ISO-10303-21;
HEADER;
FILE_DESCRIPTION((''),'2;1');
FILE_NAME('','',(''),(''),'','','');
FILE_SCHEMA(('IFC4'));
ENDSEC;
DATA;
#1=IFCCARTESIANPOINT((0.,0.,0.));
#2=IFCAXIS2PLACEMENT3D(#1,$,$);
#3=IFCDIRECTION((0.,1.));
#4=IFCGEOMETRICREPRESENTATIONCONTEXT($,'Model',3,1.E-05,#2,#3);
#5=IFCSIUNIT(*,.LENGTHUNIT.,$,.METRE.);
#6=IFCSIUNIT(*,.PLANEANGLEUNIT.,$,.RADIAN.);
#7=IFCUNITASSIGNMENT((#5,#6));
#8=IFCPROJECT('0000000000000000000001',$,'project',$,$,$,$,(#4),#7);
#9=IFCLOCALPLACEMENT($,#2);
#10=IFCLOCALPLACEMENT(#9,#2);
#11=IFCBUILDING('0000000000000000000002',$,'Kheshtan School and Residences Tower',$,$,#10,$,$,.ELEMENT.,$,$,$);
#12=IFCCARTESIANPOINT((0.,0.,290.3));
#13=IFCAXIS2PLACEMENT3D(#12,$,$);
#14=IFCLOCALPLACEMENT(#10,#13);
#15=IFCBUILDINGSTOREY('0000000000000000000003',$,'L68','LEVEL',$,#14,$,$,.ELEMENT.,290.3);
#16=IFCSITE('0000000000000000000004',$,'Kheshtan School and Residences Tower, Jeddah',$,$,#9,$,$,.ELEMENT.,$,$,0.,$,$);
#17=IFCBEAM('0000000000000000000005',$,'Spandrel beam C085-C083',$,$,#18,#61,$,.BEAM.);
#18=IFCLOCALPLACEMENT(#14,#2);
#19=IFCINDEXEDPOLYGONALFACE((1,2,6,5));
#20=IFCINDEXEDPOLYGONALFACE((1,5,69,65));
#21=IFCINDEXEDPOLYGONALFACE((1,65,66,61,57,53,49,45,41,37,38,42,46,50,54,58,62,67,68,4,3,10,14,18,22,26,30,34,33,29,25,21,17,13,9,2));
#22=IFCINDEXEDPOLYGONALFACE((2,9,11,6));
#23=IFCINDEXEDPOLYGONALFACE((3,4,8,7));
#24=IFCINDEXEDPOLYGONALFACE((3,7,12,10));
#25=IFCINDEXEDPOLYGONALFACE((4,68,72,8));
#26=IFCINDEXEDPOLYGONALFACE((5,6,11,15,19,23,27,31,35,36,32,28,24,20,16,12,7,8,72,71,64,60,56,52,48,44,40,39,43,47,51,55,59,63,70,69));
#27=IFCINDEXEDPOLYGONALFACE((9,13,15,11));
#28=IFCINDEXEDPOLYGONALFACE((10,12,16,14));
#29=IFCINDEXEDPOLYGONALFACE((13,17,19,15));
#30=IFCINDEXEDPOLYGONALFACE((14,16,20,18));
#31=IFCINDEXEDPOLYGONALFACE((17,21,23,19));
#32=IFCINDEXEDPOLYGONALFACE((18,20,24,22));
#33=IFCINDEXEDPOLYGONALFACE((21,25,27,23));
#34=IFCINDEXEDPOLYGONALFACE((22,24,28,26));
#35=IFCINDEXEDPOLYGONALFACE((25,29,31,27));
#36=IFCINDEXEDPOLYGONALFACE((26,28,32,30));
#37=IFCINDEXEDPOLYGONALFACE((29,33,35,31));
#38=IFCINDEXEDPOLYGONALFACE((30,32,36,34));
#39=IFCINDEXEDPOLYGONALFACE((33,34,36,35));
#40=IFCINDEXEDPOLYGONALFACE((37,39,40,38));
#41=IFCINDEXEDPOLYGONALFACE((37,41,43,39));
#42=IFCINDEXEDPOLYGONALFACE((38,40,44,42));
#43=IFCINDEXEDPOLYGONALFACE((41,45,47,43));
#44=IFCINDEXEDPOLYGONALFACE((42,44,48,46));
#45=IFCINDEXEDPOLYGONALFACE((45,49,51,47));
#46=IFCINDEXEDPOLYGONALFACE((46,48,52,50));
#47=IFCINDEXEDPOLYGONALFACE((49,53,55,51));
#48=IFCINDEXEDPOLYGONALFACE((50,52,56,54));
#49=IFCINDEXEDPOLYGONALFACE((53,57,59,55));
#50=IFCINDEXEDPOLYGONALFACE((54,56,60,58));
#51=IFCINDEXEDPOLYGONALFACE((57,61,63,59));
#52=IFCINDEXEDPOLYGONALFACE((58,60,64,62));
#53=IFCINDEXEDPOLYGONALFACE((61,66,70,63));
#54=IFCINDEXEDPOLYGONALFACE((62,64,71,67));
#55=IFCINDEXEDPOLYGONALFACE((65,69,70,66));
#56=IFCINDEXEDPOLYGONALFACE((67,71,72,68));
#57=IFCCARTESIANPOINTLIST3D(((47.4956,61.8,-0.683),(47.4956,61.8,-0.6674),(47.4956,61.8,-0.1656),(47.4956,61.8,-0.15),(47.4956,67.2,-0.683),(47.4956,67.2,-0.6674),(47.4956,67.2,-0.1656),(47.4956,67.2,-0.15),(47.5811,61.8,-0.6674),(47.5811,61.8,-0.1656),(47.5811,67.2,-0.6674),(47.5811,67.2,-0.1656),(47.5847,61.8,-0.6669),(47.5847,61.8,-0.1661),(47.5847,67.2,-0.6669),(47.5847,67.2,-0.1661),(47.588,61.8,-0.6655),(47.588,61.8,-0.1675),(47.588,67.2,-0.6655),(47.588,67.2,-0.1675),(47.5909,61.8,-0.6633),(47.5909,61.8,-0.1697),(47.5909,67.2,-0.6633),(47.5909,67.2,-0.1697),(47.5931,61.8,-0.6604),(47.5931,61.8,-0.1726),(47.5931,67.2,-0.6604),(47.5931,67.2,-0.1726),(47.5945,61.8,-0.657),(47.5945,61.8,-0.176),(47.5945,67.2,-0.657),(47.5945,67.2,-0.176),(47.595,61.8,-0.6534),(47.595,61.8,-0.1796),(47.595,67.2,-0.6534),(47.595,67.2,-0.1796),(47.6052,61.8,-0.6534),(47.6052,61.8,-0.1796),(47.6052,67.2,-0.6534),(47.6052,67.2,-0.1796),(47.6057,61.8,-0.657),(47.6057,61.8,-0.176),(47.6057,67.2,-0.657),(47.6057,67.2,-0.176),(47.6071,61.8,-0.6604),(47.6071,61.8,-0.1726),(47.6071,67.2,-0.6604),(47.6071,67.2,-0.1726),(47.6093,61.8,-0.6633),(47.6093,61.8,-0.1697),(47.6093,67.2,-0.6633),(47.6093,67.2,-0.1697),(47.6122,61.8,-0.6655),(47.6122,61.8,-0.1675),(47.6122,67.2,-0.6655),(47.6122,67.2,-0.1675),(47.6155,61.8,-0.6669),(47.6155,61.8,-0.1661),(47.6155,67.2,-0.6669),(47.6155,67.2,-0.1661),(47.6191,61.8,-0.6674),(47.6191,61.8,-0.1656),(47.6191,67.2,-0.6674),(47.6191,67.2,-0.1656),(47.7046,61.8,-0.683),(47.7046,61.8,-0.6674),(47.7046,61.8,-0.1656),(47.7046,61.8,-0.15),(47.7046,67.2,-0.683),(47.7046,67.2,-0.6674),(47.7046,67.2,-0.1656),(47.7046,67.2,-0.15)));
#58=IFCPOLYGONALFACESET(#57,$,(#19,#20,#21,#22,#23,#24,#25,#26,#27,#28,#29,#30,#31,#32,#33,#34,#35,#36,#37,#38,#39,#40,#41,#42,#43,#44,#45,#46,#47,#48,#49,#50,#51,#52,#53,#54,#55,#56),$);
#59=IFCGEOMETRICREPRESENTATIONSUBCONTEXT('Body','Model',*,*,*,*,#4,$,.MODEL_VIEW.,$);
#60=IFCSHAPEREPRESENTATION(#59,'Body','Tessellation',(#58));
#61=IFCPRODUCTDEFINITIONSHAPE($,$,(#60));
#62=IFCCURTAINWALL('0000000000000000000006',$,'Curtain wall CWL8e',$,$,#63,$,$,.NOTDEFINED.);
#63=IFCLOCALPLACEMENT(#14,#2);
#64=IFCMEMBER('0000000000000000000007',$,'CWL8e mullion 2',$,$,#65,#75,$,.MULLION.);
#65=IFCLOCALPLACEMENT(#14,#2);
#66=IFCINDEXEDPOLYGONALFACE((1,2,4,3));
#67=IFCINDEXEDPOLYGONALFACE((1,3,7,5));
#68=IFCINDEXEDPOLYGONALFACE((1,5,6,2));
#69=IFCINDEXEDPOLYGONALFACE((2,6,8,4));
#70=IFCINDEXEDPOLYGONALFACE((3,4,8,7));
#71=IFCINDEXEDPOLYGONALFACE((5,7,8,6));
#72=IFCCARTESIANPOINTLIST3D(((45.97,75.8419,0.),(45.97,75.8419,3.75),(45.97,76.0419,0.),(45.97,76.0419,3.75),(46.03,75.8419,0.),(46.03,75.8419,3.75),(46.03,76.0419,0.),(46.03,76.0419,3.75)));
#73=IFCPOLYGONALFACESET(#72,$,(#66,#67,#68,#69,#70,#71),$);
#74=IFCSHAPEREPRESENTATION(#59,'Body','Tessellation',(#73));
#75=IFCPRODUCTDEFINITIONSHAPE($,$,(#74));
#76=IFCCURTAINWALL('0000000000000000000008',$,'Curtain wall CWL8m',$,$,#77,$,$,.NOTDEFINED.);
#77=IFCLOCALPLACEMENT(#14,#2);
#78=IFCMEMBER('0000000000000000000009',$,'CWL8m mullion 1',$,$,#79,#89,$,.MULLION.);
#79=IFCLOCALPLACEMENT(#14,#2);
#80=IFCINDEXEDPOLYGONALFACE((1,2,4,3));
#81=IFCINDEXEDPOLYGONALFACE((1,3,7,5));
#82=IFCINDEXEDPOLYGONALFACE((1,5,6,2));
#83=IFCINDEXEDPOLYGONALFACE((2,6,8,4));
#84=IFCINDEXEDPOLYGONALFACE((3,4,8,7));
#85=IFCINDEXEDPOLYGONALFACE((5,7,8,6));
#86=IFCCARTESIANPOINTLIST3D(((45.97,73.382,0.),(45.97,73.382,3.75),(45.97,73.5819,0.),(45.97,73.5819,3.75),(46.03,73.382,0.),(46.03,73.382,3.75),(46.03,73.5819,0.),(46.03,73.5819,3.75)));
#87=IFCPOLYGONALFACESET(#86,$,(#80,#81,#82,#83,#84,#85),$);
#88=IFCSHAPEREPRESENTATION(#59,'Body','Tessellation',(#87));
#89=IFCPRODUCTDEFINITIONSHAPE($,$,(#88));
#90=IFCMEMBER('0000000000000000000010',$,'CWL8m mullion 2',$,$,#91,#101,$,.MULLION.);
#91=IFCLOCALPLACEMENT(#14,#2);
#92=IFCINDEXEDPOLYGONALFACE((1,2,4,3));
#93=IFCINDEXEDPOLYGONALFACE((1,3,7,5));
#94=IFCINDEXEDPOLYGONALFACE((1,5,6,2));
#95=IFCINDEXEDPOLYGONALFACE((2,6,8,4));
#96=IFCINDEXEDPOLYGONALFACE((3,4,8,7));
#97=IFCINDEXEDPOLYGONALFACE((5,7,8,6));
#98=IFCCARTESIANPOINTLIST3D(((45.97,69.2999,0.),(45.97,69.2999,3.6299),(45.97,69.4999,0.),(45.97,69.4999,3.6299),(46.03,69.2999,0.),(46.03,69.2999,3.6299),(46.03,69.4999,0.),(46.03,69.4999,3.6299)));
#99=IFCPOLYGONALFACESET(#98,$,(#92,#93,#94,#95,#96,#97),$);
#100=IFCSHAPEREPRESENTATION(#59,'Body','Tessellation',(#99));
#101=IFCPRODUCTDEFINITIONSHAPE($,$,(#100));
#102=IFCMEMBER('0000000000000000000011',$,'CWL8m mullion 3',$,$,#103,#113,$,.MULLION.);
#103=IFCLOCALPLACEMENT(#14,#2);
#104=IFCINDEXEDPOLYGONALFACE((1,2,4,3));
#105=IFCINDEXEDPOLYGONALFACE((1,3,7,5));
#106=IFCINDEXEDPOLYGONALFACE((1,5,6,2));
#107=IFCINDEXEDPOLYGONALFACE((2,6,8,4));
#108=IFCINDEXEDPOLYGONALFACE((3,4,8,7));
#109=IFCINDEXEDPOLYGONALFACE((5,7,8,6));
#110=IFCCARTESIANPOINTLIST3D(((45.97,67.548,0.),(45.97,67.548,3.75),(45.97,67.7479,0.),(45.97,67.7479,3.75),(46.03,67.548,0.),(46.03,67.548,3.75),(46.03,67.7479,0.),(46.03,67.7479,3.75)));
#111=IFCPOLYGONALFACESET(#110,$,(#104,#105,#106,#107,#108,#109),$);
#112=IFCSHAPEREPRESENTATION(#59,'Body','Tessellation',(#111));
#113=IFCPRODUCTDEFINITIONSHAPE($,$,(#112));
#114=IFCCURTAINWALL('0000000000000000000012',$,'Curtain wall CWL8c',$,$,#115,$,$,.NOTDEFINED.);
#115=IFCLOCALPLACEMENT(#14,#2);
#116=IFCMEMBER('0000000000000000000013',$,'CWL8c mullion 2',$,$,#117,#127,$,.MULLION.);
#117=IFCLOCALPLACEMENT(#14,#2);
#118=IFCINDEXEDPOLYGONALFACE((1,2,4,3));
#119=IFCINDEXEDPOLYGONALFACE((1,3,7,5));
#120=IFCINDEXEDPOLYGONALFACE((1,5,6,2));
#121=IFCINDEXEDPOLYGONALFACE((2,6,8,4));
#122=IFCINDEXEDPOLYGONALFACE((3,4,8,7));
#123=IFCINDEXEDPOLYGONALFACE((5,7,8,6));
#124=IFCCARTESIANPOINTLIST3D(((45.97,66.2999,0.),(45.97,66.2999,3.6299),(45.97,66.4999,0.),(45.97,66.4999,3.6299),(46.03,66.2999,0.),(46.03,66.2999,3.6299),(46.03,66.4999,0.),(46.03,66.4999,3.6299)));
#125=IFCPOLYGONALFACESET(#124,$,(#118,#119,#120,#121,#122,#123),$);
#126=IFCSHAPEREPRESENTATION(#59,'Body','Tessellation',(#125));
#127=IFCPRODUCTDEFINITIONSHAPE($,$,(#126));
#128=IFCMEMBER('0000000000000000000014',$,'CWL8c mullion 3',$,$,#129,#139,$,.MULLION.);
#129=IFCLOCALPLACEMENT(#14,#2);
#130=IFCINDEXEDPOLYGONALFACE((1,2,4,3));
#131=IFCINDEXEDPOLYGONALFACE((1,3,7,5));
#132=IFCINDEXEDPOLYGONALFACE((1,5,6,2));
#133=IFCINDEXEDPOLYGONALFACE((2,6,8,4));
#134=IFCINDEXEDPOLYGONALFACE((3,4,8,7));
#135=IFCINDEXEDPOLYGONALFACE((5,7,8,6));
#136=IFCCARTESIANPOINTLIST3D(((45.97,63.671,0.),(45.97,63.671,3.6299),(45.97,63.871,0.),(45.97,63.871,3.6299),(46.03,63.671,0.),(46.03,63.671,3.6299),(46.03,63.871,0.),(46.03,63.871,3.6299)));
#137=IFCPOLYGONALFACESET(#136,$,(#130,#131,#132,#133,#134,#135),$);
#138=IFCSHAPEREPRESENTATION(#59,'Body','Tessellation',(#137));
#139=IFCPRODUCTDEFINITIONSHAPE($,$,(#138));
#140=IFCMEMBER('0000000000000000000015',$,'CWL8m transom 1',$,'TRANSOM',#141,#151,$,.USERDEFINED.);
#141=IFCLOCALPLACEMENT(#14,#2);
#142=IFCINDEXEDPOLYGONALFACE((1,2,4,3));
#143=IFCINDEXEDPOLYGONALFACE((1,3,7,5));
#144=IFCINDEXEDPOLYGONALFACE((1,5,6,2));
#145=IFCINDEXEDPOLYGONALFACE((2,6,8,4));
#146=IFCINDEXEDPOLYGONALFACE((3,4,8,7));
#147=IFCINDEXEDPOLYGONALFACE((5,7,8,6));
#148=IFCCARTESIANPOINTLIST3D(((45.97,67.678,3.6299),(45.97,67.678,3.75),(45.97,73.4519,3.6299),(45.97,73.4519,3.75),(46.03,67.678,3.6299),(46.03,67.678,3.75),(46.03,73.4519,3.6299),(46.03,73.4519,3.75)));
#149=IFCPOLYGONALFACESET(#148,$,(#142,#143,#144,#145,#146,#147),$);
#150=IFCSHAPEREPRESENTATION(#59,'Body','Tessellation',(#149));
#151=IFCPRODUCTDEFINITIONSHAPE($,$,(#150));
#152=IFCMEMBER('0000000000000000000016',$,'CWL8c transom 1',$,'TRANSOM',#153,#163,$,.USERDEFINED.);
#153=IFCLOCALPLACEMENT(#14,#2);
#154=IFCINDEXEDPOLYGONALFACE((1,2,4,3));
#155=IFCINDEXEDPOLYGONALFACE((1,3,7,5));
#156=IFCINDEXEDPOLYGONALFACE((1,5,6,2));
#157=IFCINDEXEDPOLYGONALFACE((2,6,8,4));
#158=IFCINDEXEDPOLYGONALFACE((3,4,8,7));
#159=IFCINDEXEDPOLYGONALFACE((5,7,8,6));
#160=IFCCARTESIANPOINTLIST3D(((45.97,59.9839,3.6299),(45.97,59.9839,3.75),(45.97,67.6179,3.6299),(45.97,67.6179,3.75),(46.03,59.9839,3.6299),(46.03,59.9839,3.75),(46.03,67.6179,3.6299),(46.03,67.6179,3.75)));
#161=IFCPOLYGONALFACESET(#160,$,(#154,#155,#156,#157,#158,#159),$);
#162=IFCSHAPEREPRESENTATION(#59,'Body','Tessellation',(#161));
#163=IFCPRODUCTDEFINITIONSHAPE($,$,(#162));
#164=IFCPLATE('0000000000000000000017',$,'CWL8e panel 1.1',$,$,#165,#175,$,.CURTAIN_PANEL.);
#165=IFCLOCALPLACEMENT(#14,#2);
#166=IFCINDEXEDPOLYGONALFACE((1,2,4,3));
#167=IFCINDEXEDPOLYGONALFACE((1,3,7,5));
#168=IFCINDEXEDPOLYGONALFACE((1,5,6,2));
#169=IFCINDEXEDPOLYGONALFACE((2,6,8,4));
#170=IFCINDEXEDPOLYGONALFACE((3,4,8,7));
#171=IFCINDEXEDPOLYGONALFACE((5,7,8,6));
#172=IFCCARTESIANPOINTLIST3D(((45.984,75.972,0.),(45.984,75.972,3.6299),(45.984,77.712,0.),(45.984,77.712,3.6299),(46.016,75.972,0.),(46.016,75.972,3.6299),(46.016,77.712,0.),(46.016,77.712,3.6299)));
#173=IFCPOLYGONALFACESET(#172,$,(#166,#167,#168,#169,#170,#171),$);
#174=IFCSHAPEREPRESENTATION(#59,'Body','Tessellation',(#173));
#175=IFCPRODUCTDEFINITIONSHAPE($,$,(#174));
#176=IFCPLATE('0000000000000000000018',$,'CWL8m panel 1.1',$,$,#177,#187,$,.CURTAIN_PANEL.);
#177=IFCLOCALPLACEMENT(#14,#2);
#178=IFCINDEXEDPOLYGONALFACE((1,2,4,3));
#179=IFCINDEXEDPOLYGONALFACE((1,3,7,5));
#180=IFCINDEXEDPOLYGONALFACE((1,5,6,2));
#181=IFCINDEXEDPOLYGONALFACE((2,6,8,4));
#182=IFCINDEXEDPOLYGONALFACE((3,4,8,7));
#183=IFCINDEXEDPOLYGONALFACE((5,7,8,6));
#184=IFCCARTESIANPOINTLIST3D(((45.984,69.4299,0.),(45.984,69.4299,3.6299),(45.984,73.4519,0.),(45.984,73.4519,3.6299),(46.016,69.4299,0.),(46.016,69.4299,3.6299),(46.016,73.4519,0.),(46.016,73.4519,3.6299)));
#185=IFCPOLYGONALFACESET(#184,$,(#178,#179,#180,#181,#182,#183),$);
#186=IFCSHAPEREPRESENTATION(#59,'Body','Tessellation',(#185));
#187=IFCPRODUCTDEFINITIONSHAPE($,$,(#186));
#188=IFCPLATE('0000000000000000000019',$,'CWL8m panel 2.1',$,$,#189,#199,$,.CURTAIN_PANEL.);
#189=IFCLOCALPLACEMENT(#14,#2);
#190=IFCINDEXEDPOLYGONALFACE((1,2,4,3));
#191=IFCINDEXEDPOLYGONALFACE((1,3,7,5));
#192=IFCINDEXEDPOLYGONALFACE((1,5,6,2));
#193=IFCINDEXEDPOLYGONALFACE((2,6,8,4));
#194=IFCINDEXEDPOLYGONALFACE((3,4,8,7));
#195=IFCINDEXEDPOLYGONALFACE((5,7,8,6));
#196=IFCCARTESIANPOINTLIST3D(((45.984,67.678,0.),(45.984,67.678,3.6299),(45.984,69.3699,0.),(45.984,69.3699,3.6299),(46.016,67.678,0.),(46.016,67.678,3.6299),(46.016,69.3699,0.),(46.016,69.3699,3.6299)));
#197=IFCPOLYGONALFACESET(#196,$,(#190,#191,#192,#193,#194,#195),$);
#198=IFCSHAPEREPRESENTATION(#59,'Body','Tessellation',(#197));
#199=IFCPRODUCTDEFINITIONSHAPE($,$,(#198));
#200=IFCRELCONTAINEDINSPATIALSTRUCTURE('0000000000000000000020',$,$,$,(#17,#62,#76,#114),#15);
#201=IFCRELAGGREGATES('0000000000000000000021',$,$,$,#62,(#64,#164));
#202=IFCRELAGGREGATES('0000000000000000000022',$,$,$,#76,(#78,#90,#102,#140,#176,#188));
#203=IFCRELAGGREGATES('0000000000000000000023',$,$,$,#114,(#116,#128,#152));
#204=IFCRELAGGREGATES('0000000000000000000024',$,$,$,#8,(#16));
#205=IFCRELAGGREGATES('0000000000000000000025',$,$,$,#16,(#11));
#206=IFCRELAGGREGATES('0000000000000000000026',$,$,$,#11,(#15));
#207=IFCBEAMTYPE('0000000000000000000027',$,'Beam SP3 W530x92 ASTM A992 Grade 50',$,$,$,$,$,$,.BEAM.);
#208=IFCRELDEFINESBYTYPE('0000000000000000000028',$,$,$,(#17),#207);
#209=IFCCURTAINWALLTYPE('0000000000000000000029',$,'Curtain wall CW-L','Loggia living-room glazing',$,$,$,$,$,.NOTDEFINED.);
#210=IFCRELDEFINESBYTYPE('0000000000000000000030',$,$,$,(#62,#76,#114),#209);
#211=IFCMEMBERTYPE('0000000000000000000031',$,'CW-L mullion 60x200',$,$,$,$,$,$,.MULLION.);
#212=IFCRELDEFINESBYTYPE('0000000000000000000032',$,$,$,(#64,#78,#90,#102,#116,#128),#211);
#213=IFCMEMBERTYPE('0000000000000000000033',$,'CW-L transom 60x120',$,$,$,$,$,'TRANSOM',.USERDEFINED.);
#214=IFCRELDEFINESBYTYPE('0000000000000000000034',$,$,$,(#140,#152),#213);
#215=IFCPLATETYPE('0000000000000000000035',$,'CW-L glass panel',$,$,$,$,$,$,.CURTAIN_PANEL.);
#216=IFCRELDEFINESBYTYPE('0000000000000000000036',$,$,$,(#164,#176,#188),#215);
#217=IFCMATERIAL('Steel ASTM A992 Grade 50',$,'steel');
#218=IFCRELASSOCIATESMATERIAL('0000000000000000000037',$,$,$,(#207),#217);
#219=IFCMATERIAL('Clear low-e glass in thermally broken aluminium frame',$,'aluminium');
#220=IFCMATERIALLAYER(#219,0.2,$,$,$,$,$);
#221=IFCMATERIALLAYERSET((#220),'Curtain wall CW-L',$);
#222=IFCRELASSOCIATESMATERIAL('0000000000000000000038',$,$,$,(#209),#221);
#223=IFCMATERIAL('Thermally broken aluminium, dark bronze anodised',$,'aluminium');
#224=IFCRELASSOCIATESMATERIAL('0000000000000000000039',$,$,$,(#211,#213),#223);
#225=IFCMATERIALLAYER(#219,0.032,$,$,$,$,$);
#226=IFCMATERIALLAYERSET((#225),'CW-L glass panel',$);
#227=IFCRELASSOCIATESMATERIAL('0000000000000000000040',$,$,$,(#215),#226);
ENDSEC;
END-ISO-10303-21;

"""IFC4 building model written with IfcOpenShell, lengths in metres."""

from ifc_helpers import new_model, si_unit, direction, frame, origin, origin_2d, place, context, subcontext, project, spatial, rectangle, i_section, extrude, material, layer, layer_set, material_profile, profile_set, type_object, element, aggregate, save


model = new_model("IFC4")

# Units and contexts
model_context = context("Model", 3, precision=1e-05, world=origin(), true_north=direction((0.0, 1.0)))
body_context = subcontext(model_context, "Body", "Model", "MODEL_VIEW")
ifc_project = project(units=[si_unit("LENGTHUNIT", "METRE"), si_unit("PLANEANGLEUNIT", "RADIAN")], contexts=[model_context])

# Site, building, storey
site_placement = place(None, origin())
site = spatial("IfcSite", under=ifc_project, at=site_placement, Name="Kheshtan School and Residences Tower, Jeddah", CompositionType="ELEMENT", RefElevation=0.0)
building_placement = place(site_placement, origin())
building = spatial("IfcBuilding", under=site, at=building_placement, Name="Kheshtan School and Residences Tower", CompositionType="ELEMENT")
storey_placement = place(building_placement, frame((0.0, 0.0, 290.3)))
storey = spatial("IfcBuildingStorey", under=building, at=storey_placement, Name="L68", Description="LEVEL", CompositionType="ELEMENT", Elevation=290.3)

# Shared definitions
ifc_material_1 = material(Name="Steel ASTM A992 Grade 50", Category="steel")

# Beam
ifc_material_profile_1 = material_profile(ifc_material_1, i_section(OverallWidth=0.209, OverallDepth=0.533, WebThickness=0.0103, FlangeThickness=0.0156, FilletRadius=0.0139, at=origin_2d()), Name="W530x92")
ifc_profile_set_1 = profile_set([ifc_material_profile_1], Name="Steel ASTM A992 Grade 50")
beam_type_1 = type_object("IfcBeamType", Name="Beam SP3 W530x92 ASTM A992 Grade 50", PredefinedType="BEAM", material=ifc_profile_set_1)
beam_1_placement = place(storey_placement, frame((47.6001, 67.2, -0.4165), z_axis=(0.0, -1.0, 0.0), x_axis=(1.0, 0.0, 0.0)))
element("IfcBeam", 1, at=beam_1_placement, inside=storey, type_object=beam_type_1, Name="Spandrel beam C085-C083", PredefinedType="BEAM", context=body_context, shape_type="SweptSolid", body=[
    extrude(i_section(OverallWidth=0.209, OverallDepth=0.533, WebThickness=0.0103, FlangeThickness=0.0156, FilletRadius=0.0139, at=origin_2d()), origin(), (0.0, 0.0, 1.0), 5.3999),
])

# Curtain wall, member
ifc_material_2 = material(Name="Clear low-e glass in thermally broken aluminium frame", Category="aluminium")
ifc_layer_1 = layer(ifc_material_2, 0.2)
ifc_layer_set_1 = layer_set([ifc_layer_1], Name="Curtain wall CW-L")
curtain_wall_type = type_object("IfcCurtainWallType", Name="Curtain wall CW-L", Description="Loggia living-room glazing", PredefinedType="NOTDEFINED", material=ifc_layer_set_1)
curtain_wall_1_placement = place(storey_placement, origin())
curtain_wall_1 = element("IfcCurtainWall", 2, at=curtain_wall_1_placement, inside=storey, type_object=curtain_wall_type, Name="Curtain wall CWL8e", PredefinedType="NOTDEFINED")
ifc_material_3 = material(Name="Thermally broken aluminium, dark bronze anodised", Category="aluminium")
ifc_material_profile_2 = material_profile(ifc_material_3, rectangle(XDim=0.0601, YDim=0.2, at=origin_2d()), Name="CW-L mullion 60x200")
ifc_profile_set_2 = profile_set([ifc_material_profile_2], Name="Thermally broken aluminium, dark bronze anodised")
member_type_1 = type_object("IfcMemberType", Name="CW-L mullion 60x200", PredefinedType="MULLION", material=ifc_profile_set_2)
member_1_placement = place(storey_placement, frame((46.0, 75.9419, 0.0), z_axis=(0.0, 0.0, 1.0), x_axis=(1.0, 0.0, 0.0)))
member_1 = element("IfcMember", 3, at=member_1_placement, type_object=member_type_1, Name="CWL8e mullion 2", PredefinedType="MULLION", context=body_context, shape_type="SweptSolid", body=[
    extrude(rectangle(XDim=0.0601, YDim=0.2, at=origin_2d()), origin(), (0.0, 0.0, 1.0), 3.75),
])

# Curtain walls, members
curtain_wall_2_placement = place(storey_placement, origin())
curtain_wall_2 = element("IfcCurtainWall", 4, at=curtain_wall_2_placement, inside=storey, type_object=curtain_wall_type, Name="Curtain wall CWL8m", PredefinedType="NOTDEFINED")
member_2_placement = place(storey_placement, frame((46.0, 73.4819, 0.0), z_axis=(0.0, 0.0, 1.0), x_axis=(1.0, 0.0, 0.0)))
member_2 = element("IfcMember", 5, at=member_2_placement, type_object=member_type_1, Name="CWL8m mullion 1", PredefinedType="MULLION", context=body_context, shape_type="SweptSolid", body=[
    extrude(rectangle(XDim=0.0601, YDim=0.2, at=origin_2d()), origin(), (0.0, 0.0, 1.0), 3.75),
])
member_3_placement = place(storey_placement, frame((46.0, 69.3999, 0.0), z_axis=(0.0, 0.0, 1.0), x_axis=(1.0, 0.0, 0.0)))
member_3 = element("IfcMember", 6, at=member_3_placement, type_object=member_type_1, Name="CWL8m mullion 2", PredefinedType="MULLION", context=body_context, shape_type="SweptSolid", body=[
    extrude(rectangle(XDim=0.0601, YDim=0.2, at=origin_2d()), origin(), (0.0, 0.0, 1.0), 3.6299),
])
member_4_placement = place(storey_placement, frame((46.0, 67.6479, 0.0), z_axis=(0.0, 0.0, 1.0), x_axis=(1.0, 0.0, 0.0)))
member_4 = element("IfcMember", 7, at=member_4_placement, type_object=member_type_1, Name="CWL8m mullion 3", PredefinedType="MULLION", context=body_context, shape_type="SweptSolid", body=[
    extrude(rectangle(XDim=0.0601, YDim=0.2, at=origin_2d()), origin(), (0.0, 0.0, 1.0), 3.75),
])
curtain_wall_3_placement = place(storey_placement, origin())
curtain_wall_3 = element("IfcCurtainWall", 8, at=curtain_wall_3_placement, inside=storey, type_object=curtain_wall_type, Name="Curtain wall CWL8c", PredefinedType="NOTDEFINED")
member_5_placement = place(storey_placement, frame((46.0, 66.3999, 0.0), z_axis=(0.0, 0.0, 1.0), x_axis=(1.0, 0.0, 0.0)))
member_5 = element("IfcMember", 9, at=member_5_placement, type_object=member_type_1, Name="CWL8c mullion 2", PredefinedType="MULLION", context=body_context, shape_type="SweptSolid", body=[
    extrude(rectangle(XDim=0.0601, YDim=0.2, at=origin_2d()), origin(), (0.0, 0.0, 1.0), 3.6299),
])
member_6_placement = place(storey_placement, frame((46.0, 63.771, 0.0), z_axis=(0.0, 0.0, 1.0), x_axis=(1.0, 0.0, 0.0)))
member_6 = element("IfcMember", 10, at=member_6_placement, type_object=member_type_1, Name="CWL8c mullion 3", PredefinedType="MULLION", context=body_context, shape_type="SweptSolid", body=[
    extrude(rectangle(XDim=0.0601, YDim=0.2, at=origin_2d()), origin(), (0.0, 0.0, 1.0), 3.6299),
])

# Members
ifc_material_profile_3 = material_profile(ifc_material_3, rectangle(XDim=0.0601, YDim=0.1201, at=origin_2d()), Name="CW-L transom 60x120")
ifc_profile_set_3 = profile_set([ifc_material_profile_3], Name="Thermally broken aluminium, dark bronze anodised")
member_type_2 = type_object("IfcMemberType", Name="CW-L transom 60x120", ElementType="TRANSOM", PredefinedType="USERDEFINED", material=ifc_profile_set_3)
member_7_placement = place(storey_placement, frame((46.0, 73.4519, 3.6899), z_axis=(0.0, -1.0, 0.0), x_axis=(1.0, 0.0, 0.0)))
member_7 = element("IfcMember", 11, at=member_7_placement, type_object=member_type_2, Name="CWL8m transom 1", ObjectType="TRANSOM", PredefinedType="USERDEFINED", context=body_context, shape_type="SweptSolid", body=[
    extrude(rectangle(XDim=0.0601, YDim=0.1201, at=origin_2d()), origin(), (0.0, 0.0, 1.0), 5.7739),
])
member_8_placement = place(storey_placement, frame((46.0, 67.6179, 3.6899), z_axis=(0.0, -1.0, 0.0), x_axis=(1.0, 0.0, 0.0)))
member_8 = element("IfcMember", 12, at=member_8_placement, type_object=member_type_2, Name="CWL8c transom 1", ObjectType="TRANSOM", PredefinedType="USERDEFINED", context=body_context, shape_type="SweptSolid", body=[
    extrude(rectangle(XDim=0.0601, YDim=0.1201, at=origin_2d()), origin(), (0.0, 0.0, 1.0), 7.634),
])

# Plates
ifc_layer_2 = layer(ifc_material_2, 0.032)
ifc_layer_set_2 = layer_set([ifc_layer_2], Name="CW-L glass panel")
plate_type = type_object("IfcPlateType", Name="CW-L glass panel", PredefinedType="CURTAIN_PANEL", material=ifc_layer_set_2)
plate_1_placement = place(storey_placement, frame((46.0, 76.842, 0.0), z_axis=(0.0, 0.0, 1.0), x_axis=(0.0, -1.0, 0.0)))
plate_1 = element("IfcPlate", 13, at=plate_1_placement, type_object=plate_type, Name="CWL8e panel 1.1", PredefinedType="CURTAIN_PANEL", context=body_context, shape_type="SweptSolid", body=[
    extrude(rectangle(XDim=1.74, YDim=0.032, at=origin_2d()), origin(), (0.0, 0.0, 1.0), 3.6299),
])
aggregate(curtain_wall_1, [member_1, plate_1])
plate_2_placement = place(storey_placement, frame((46.0, 71.4409, 0.0), z_axis=(0.0, 0.0, 1.0), x_axis=(0.0, -1.0, 0.0)))
plate_2 = element("IfcPlate", 14, at=plate_2_placement, type_object=plate_type, Name="CWL8m panel 1.1", PredefinedType="CURTAIN_PANEL", context=body_context, shape_type="SweptSolid", body=[
    extrude(rectangle(XDim=4.022, YDim=0.032, at=origin_2d()), origin(), (0.0, 0.0, 1.0), 3.6299),
])
plate_3_placement = place(storey_placement, frame((46.0, 68.5239, 0.0), z_axis=(0.0, 0.0, 1.0), x_axis=(0.0, -1.0, 0.0)))
plate_3 = element("IfcPlate", 15, at=plate_3_placement, type_object=plate_type, Name="CWL8m panel 2.1", PredefinedType="CURTAIN_PANEL", context=body_context, shape_type="SweptSolid", body=[
    extrude(rectangle(XDim=1.6919, YDim=0.032, at=origin_2d()), origin(), (0.0, 0.0, 1.0), 3.6299),
])
aggregate(curtain_wall_2, [member_2, member_3, member_4, member_7, plate_2, plate_3])
aggregate(curtain_wall_3, [member_5, member_6, member_8])

save(model, "model.ifc")
